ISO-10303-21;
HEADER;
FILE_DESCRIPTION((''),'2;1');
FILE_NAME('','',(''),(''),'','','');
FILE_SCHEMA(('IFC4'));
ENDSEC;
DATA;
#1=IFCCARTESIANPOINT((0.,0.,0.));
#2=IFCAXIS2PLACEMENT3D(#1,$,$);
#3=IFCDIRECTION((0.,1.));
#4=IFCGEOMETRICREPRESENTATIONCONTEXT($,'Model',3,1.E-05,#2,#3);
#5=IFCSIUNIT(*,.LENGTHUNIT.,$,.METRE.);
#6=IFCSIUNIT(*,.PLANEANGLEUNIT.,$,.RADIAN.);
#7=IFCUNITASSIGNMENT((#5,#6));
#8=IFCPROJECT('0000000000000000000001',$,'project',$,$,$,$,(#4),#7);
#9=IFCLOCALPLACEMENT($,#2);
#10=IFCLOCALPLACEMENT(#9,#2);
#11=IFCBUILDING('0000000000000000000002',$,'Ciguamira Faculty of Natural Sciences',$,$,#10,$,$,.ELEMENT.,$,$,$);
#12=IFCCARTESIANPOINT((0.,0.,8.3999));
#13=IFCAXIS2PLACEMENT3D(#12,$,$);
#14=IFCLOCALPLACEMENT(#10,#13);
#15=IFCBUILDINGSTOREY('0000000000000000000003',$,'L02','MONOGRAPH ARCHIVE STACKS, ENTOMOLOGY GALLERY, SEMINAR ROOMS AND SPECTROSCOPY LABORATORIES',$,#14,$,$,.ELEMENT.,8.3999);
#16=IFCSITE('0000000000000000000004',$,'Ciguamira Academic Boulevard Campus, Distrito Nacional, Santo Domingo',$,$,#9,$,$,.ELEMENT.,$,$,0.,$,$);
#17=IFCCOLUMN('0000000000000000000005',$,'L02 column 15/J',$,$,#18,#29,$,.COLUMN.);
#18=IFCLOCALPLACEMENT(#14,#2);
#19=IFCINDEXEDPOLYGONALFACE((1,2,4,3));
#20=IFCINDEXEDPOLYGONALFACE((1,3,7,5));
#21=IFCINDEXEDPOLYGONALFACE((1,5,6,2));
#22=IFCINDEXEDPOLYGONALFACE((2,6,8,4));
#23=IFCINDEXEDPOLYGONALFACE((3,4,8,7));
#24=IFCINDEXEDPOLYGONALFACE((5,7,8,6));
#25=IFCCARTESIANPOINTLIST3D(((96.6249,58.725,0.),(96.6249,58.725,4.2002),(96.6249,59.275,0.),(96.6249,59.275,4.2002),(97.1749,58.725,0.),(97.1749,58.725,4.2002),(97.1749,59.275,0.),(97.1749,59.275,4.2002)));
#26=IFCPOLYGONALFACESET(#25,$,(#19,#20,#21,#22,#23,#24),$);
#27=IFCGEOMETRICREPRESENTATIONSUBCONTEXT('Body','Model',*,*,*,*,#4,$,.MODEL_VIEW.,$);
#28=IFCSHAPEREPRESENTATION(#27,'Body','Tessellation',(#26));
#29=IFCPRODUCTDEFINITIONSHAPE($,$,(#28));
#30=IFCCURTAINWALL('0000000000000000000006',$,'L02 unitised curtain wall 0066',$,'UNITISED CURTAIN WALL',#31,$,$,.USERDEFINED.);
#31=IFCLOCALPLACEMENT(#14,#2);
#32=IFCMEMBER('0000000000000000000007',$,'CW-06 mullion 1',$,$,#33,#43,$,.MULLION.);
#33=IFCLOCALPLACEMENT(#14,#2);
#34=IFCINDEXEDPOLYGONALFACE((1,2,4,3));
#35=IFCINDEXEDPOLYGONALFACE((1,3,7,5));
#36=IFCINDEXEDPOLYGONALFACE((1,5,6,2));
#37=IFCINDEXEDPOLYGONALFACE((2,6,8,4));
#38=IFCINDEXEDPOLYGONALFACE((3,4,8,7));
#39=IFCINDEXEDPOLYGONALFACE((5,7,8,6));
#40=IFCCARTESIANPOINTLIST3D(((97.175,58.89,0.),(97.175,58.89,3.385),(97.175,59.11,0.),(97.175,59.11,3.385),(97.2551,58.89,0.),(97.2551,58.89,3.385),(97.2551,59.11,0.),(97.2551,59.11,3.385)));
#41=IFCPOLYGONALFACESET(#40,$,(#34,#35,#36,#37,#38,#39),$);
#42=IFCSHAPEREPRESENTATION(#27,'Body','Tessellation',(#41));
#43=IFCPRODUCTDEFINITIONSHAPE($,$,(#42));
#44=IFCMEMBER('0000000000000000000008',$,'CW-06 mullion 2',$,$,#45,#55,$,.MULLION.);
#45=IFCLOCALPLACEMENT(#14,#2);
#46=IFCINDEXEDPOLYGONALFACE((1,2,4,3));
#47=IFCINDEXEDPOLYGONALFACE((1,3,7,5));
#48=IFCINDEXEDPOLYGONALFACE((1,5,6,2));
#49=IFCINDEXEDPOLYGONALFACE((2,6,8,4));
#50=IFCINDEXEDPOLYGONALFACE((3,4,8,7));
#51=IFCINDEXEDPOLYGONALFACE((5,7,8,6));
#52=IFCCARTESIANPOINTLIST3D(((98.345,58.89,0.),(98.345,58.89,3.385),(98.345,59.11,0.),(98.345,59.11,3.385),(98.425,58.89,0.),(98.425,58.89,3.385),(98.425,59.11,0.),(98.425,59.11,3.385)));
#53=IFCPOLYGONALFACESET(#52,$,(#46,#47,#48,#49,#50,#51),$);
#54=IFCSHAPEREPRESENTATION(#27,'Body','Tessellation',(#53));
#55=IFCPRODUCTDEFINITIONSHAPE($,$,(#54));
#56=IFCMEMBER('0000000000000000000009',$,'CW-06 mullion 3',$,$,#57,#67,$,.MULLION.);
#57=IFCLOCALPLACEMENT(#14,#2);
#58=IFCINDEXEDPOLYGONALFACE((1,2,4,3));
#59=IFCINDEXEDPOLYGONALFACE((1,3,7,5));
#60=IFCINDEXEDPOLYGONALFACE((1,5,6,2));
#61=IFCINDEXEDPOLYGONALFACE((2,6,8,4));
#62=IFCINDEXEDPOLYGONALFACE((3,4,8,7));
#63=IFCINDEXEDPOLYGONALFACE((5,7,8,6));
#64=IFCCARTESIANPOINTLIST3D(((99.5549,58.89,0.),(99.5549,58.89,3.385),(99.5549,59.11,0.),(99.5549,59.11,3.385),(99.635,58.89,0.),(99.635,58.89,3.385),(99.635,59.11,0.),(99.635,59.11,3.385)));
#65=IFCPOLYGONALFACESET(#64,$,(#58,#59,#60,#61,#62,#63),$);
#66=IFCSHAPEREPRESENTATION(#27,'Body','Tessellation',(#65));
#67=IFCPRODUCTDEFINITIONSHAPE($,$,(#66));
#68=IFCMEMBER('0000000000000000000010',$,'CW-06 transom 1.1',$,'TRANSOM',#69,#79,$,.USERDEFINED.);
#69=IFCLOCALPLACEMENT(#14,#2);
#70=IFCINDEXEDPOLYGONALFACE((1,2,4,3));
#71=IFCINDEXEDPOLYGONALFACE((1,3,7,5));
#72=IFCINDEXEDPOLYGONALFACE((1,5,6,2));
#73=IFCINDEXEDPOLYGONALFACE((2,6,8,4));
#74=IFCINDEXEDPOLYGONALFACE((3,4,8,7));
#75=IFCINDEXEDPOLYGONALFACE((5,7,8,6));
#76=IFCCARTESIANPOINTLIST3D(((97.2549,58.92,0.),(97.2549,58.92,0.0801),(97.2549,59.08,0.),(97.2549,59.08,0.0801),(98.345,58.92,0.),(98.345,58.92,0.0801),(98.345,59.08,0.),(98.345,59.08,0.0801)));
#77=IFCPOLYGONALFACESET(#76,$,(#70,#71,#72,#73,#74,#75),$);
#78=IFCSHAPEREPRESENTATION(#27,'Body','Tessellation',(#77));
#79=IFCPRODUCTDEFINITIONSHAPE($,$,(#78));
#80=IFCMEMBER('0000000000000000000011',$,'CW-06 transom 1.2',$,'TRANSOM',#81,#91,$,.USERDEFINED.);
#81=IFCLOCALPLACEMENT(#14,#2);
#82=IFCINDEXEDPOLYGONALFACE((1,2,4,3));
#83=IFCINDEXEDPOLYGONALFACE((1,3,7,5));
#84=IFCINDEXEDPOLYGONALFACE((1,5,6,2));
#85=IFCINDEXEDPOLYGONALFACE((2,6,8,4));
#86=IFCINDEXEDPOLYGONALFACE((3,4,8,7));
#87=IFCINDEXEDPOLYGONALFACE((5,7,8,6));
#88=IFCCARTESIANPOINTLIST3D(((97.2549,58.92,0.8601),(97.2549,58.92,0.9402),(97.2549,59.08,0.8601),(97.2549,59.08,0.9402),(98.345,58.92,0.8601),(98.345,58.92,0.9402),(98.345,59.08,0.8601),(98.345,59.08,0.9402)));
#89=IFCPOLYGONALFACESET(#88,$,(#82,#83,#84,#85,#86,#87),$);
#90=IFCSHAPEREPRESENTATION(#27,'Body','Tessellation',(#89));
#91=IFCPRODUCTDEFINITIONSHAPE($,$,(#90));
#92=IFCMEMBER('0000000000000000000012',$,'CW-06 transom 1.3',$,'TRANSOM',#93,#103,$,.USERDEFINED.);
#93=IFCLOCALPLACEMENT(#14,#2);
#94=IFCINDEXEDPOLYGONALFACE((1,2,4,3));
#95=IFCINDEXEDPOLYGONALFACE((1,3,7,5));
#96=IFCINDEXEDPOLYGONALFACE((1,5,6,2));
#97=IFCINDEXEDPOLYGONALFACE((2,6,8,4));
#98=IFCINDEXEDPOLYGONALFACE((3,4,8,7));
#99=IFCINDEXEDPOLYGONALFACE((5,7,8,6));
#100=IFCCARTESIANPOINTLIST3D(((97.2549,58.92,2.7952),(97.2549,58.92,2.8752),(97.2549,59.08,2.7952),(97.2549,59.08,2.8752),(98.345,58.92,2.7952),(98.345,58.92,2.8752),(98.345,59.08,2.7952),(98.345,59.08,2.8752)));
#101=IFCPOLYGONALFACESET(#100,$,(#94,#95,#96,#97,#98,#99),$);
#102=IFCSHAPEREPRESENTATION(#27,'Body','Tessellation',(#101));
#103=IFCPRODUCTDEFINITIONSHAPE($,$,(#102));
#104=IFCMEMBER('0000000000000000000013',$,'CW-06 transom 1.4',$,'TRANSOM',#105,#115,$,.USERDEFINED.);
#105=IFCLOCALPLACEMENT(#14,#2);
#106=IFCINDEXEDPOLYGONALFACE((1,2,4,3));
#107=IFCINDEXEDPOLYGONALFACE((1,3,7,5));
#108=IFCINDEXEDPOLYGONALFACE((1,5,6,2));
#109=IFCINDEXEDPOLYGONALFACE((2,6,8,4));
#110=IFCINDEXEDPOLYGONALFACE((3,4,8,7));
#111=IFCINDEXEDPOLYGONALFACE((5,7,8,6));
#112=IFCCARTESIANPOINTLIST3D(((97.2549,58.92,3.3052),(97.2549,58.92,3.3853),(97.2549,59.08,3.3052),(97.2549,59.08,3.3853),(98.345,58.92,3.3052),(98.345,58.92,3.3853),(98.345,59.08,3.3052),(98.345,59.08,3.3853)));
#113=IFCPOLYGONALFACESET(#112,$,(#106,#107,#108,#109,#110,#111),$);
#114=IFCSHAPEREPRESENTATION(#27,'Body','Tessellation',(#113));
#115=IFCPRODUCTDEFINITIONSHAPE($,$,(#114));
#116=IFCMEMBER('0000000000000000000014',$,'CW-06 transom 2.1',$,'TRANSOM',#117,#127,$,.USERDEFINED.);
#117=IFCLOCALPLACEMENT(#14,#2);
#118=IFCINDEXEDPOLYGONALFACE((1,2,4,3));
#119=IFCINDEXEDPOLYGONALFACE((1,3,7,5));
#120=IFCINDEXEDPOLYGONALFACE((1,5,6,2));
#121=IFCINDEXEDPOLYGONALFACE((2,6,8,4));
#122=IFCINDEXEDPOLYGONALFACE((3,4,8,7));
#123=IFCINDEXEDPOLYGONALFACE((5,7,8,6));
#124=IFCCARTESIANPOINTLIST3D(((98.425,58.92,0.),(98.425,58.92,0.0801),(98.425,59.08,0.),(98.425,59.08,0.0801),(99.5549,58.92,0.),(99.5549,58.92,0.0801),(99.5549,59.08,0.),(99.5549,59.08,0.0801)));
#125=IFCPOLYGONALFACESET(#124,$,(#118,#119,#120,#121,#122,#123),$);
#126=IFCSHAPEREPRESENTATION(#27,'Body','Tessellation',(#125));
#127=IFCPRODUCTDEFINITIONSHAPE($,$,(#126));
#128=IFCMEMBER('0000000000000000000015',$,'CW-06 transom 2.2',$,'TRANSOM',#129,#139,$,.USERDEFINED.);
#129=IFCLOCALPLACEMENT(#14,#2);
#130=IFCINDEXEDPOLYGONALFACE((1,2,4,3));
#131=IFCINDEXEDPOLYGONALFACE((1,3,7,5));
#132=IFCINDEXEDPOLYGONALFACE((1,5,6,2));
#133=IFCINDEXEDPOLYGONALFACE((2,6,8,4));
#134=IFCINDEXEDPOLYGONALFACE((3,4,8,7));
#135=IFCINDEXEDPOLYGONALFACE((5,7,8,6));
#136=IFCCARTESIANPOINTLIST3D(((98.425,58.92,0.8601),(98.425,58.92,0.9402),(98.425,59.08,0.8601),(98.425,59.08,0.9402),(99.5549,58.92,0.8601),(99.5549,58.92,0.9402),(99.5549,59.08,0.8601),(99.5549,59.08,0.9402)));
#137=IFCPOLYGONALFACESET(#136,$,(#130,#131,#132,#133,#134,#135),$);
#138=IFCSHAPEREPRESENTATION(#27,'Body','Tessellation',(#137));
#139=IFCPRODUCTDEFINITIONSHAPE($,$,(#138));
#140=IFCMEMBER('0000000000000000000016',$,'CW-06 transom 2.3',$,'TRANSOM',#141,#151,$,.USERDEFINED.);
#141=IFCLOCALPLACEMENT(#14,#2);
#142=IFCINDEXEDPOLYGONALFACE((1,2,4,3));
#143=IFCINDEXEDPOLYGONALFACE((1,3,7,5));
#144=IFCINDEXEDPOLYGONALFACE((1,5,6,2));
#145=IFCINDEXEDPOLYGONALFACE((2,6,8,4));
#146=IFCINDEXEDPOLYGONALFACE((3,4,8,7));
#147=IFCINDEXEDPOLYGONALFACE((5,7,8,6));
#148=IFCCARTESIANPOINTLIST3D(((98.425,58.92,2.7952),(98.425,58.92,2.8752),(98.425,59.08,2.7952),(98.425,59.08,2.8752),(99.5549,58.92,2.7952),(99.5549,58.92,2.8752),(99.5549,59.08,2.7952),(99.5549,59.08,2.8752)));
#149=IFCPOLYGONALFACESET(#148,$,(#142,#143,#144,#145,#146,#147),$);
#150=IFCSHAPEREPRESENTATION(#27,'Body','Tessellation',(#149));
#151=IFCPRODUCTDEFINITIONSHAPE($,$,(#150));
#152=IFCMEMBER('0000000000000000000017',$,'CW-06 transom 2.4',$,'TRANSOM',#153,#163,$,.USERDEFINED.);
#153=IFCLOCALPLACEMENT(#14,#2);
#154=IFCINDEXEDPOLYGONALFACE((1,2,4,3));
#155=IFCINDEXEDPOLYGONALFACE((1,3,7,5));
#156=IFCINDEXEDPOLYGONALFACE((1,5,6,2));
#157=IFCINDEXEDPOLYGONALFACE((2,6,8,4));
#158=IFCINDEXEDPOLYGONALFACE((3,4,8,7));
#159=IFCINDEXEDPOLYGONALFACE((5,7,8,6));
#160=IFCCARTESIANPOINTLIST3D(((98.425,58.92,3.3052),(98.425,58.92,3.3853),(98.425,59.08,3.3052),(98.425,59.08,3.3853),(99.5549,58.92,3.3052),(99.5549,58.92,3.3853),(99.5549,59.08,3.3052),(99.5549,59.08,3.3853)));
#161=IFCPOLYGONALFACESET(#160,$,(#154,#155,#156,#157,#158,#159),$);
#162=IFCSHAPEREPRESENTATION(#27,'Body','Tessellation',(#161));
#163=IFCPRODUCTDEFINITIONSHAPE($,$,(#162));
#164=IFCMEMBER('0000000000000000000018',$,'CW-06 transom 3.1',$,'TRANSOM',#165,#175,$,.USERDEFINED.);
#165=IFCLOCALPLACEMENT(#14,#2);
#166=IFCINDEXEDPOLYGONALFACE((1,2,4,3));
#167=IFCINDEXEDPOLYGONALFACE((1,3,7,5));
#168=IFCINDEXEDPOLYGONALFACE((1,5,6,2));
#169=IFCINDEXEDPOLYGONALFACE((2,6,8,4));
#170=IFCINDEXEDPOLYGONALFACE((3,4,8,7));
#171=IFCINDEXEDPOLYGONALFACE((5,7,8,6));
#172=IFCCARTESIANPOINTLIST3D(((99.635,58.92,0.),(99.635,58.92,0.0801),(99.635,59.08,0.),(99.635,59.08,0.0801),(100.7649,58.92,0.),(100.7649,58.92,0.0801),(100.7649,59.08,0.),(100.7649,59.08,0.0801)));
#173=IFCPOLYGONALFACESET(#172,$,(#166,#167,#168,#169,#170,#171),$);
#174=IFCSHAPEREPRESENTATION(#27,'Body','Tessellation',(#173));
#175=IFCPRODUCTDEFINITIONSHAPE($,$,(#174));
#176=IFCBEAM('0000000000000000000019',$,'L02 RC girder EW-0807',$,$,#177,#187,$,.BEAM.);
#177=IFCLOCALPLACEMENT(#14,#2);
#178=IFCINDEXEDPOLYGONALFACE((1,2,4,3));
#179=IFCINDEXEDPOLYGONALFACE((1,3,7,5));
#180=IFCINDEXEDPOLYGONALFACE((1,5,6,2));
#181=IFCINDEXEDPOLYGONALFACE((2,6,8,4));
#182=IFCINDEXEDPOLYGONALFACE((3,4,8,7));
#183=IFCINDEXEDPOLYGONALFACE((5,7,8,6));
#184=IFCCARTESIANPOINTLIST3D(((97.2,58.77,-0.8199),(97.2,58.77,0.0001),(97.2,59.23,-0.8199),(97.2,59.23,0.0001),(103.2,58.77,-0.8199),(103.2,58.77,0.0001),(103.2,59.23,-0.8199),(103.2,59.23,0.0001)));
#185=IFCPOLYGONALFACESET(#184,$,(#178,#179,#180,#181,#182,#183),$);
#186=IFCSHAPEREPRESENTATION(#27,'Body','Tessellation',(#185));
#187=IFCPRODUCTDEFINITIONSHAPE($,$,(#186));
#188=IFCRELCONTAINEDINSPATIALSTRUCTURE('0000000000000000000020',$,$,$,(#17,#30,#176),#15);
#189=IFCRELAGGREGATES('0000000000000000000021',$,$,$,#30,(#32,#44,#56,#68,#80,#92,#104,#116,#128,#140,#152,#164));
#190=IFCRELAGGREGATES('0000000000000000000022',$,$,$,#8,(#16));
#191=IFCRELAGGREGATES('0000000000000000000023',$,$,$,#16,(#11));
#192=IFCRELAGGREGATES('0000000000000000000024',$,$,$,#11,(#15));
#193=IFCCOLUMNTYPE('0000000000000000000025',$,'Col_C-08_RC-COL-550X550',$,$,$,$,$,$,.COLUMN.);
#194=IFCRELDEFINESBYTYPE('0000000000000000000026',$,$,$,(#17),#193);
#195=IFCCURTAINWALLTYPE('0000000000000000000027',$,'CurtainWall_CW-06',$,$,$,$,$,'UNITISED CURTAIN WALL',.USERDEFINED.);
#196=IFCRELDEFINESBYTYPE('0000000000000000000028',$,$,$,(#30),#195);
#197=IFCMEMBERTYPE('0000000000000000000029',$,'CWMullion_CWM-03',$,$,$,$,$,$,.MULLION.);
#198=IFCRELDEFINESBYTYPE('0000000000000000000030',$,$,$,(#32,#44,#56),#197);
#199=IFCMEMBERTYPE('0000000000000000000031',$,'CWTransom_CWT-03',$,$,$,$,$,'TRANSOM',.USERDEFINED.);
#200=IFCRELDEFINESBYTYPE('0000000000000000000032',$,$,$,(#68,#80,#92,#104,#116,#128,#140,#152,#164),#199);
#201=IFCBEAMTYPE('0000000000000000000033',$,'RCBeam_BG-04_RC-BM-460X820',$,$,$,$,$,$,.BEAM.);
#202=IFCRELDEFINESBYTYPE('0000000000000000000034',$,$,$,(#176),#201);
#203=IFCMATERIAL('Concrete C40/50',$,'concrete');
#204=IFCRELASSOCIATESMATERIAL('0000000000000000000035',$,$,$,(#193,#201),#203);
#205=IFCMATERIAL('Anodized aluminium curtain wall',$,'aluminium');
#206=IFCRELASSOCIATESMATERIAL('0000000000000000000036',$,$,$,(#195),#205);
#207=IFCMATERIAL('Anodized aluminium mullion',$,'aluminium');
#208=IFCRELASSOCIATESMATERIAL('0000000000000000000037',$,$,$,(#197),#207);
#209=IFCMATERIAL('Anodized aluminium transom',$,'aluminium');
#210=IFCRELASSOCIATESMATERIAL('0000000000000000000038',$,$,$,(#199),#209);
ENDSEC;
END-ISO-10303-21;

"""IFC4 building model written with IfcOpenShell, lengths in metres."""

from ifc_helpers import new_model, si_unit, direction, frame, origin, origin_2d, place, context, subcontext, project, spatial, rectangle, extrude, material, material_profile, profile_set, type_object, element, aggregate, save


model = new_model("IFC4")

# Units and contexts
model_context = context("Model", 3, precision=1e-05, world=origin(), true_north=direction((0.0, 1.0)))
body_context = subcontext(model_context, "Body", "Model", "MODEL_VIEW")
ifc_project = project(units=[si_unit("LENGTHUNIT", "METRE"), si_unit("PLANEANGLEUNIT", "RADIAN")], contexts=[model_context])

# Site, building, storey
site_placement = place(None, origin())
site = spatial("IfcSite", under=ifc_project, at=site_placement, Name="Ciguamira Academic Boulevard Campus, Distrito Nacional, Santo Domingo", CompositionType="ELEMENT", RefElevation=0.0)
building_placement = place(site_placement, origin())
building = spatial("IfcBuilding", under=site, at=building_placement, Name="Ciguamira Faculty of Natural Sciences", CompositionType="ELEMENT")
storey_placement = place(building_placement, frame((0.0, 0.0, 8.3999)))
storey = spatial("IfcBuildingStorey", under=building, at=storey_placement, Name="L02", Description="MONOGRAPH ARCHIVE STACKS, ENTOMOLOGY GALLERY, SEMINAR ROOMS AND SPECTROSCOPY LABORATORIES", CompositionType="ELEMENT", Elevation=8.3999)

# Column
ifc_material_1 = material(Name="Concrete C40/50", Category="concrete")
ifc_material_profile_1 = material_profile(ifc_material_1, rectangle(XDim=0.55, YDim=0.55, at=origin_2d()), Name="RC-COL-550X550")
ifc_profile_set_1 = profile_set([ifc_material_profile_1], Name="Concrete C40/50")
column_type = type_object("IfcColumnType", Name="Col_C-08_RC-COL-550X550", PredefinedType="COLUMN", material=ifc_profile_set_1)
column_placement = place(storey_placement, frame((96.8999, 59.0, 0.0), z_axis=(0.0, 0.0, 1.0), x_axis=(1.0, 0.0, 0.0)))
element("IfcColumn", 1, at=column_placement, inside=storey, type_object=column_type, Name="L02 column 15/J", PredefinedType="COLUMN", context=body_context, shape_type="SweptSolid", body=[
    extrude(rectangle(XDim=0.55, YDim=0.55, at=origin_2d()), origin(), (0.0, 0.0, 1.0), 4.2002),
])

# Curtain wall, members
ifc_material_2 = material(Name="Anodized aluminium curtain wall", Category="aluminium")
curtain_wall_type = type_object("IfcCurtainWallType", Name="CurtainWall_CW-06", ElementType="UNITISED CURTAIN WALL", PredefinedType="USERDEFINED", material=ifc_material_2)
curtain_wall_placement = place(storey_placement, origin())
curtain_wall = element("IfcCurtainWall", 2, at=curtain_wall_placement, inside=storey, type_object=curtain_wall_type, Name="L02 unitised curtain wall 0066", ObjectType="UNITISED CURTAIN WALL", PredefinedType="USERDEFINED")
ifc_material_3 = material(Name="Anodized aluminium mullion", Category="aluminium")
ifc_material_profile_2 = material_profile(ifc_material_3, rectangle(XDim=0.0801, YDim=0.22, at=origin_2d()), Name="ALU-MUL-80X220")
ifc_profile_set_2 = profile_set([ifc_material_profile_2], Name="Anodized aluminium mullion")
member_type_1 = type_object("IfcMemberType", Name="CWMullion_CWM-03", PredefinedType="MULLION", material=ifc_profile_set_2)
member_1_placement = place(storey_placement, frame((97.2151, 59.0, 0.0), z_axis=(0.0, 0.0, 1.0), x_axis=(1.0, 0.0, 0.0)))
member_1 = element("IfcMember", 3, at=member_1_placement, type_object=member_type_1, Name="CW-06 mullion 1", PredefinedType="MULLION", context=body_context, shape_type="SweptSolid", body=[
    extrude(rectangle(XDim=0.0801, YDim=0.22, at=origin_2d()), origin(), (0.0, 0.0, 1.0), 3.385),
])
member_2_placement = place(storey_placement, frame((98.385, 59.0, 0.0), z_axis=(0.0, 0.0, 1.0), x_axis=(1.0, 0.0, 0.0)))
member_2 = element("IfcMember", 4, at=member_2_placement, type_object=member_type_1, Name="CW-06 mullion 2", PredefinedType="MULLION", context=body_context, shape_type="SweptSolid", body=[
    extrude(rectangle(XDim=0.0801, YDim=0.22, at=origin_2d()), origin(), (0.0, 0.0, 1.0), 3.385),
])
member_3_placement = place(storey_placement, frame((99.595, 59.0, 0.0), z_axis=(0.0, 0.0, 1.0), x_axis=(1.0, 0.0, 0.0)))
member_3 = element("IfcMember", 5, at=member_3_placement, type_object=member_type_1, Name="CW-06 mullion 3", PredefinedType="MULLION", context=body_context, shape_type="SweptSolid", body=[
    extrude(rectangle(XDim=0.0801, YDim=0.22, at=origin_2d()), origin(), (0.0, 0.0, 1.0), 3.385),
])
ifc_material_4 = material(Name="Anodized aluminium transom", Category="aluminium")
ifc_material_profile_3 = material_profile(ifc_material_4, rectangle(XDim=0.0801, YDim=0.1599, at=origin_2d()), Name="ALU-TRN-80X160")
ifc_profile_set_3 = profile_set([ifc_material_profile_3], Name="Anodized aluminium transom")
member_type_2 = type_object("IfcMemberType", Name="CWTransom_CWT-03", ElementType="TRANSOM", PredefinedType="USERDEFINED", material=ifc_profile_set_3)
member_4_placement = place(storey_placement, frame((97.2549, 59.0, 0.04), z_axis=(1.0, 0.0, 0.0), x_axis=(0.0, 0.0, 1.0)))
member_4 = element("IfcMember", 6, at=member_4_placement, type_object=member_type_2, Name="CW-06 transom 1.1", ObjectType="TRANSOM", PredefinedType="USERDEFINED", context=body_context, shape_type="SweptSolid", body=[
    extrude(rectangle(XDim=0.0801, YDim=0.1599, at=origin_2d()), origin(), (0.0, 0.0, 1.0), 1.0901),
])
member_5_placement = place(storey_placement, frame((97.2549, 59.0, 0.9001), z_axis=(1.0, 0.0, 0.0), x_axis=(0.0, 0.0, 1.0)))
member_5 = element("IfcMember", 7, at=member_5_placement, type_object=member_type_2, Name="CW-06 transom 1.2", ObjectType="TRANSOM", PredefinedType="USERDEFINED", context=body_context, shape_type="SweptSolid", body=[
    extrude(rectangle(XDim=0.0801, YDim=0.1599, at=origin_2d()), origin(), (0.0, 0.0, 1.0), 1.0901),
])
member_6_placement = place(storey_placement, frame((97.2549, 59.0, 2.8352), z_axis=(1.0, 0.0, 0.0), x_axis=(0.0, 0.0, 1.0)))
member_6 = element("IfcMember", 8, at=member_6_placement, type_object=member_type_2, Name="CW-06 transom 1.3", ObjectType="TRANSOM", PredefinedType="USERDEFINED", context=body_context, shape_type="SweptSolid", body=[
    extrude(rectangle(XDim=0.0801, YDim=0.1599, at=origin_2d()), origin(), (0.0, 0.0, 1.0), 1.0901),
])
member_7_placement = place(storey_placement, frame((97.2549, 59.0, 3.3452), z_axis=(1.0, 0.0, 0.0), x_axis=(0.0, 0.0, 1.0)))
member_7 = element("IfcMember", 9, at=member_7_placement, type_object=member_type_2, Name="CW-06 transom 1.4", ObjectType="TRANSOM", PredefinedType="USERDEFINED", context=body_context, shape_type="SweptSolid", body=[
    extrude(rectangle(XDim=0.0801, YDim=0.1599, at=origin_2d()), origin(), (0.0, 0.0, 1.0), 1.0901),
])
member_8_placement = place(storey_placement, frame((98.425, 59.0, 0.04), z_axis=(1.0, 0.0, 0.0), x_axis=(0.0, 0.0, 1.0)))
member_8 = element("IfcMember", 10, at=member_8_placement, type_object=member_type_2, Name="CW-06 transom 2.1", ObjectType="TRANSOM", PredefinedType="USERDEFINED", context=body_context, shape_type="SweptSolid", body=[
    extrude(rectangle(XDim=0.0801, YDim=0.1599, at=origin_2d()), origin(), (0.0, 0.0, 1.0), 1.1299),
])
member_9_placement = place(storey_placement, frame((98.425, 59.0, 0.9001), z_axis=(1.0, 0.0, 0.0), x_axis=(0.0, 0.0, 1.0)))
member_9 = element("IfcMember", 11, at=member_9_placement, type_object=member_type_2, Name="CW-06 transom 2.2", ObjectType="TRANSOM", PredefinedType="USERDEFINED", context=body_context, shape_type="SweptSolid", body=[
    extrude(rectangle(XDim=0.0801, YDim=0.1599, at=origin_2d()), origin(), (0.0, 0.0, 1.0), 1.1299),
])
member_10_placement = place(storey_placement, frame((98.425, 59.0, 2.8352), z_axis=(1.0, 0.0, 0.0), x_axis=(0.0, 0.0, 1.0)))
member_10 = element("IfcMember", 12, at=member_10_placement, type_object=member_type_2, Name="CW-06 transom 2.3", ObjectType="TRANSOM", PredefinedType="USERDEFINED", context=body_context, shape_type="SweptSolid", body=[
    extrude(rectangle(XDim=0.0801, YDim=0.1599, at=origin_2d()), origin(), (0.0, 0.0, 1.0), 1.1299),
])
member_11_placement = place(storey_placement, frame((98.425, 59.0, 3.3452), z_axis=(1.0, 0.0, 0.0), x_axis=(0.0, 0.0, 1.0)))
member_11 = element("IfcMember", 13, at=member_11_placement, type_object=member_type_2, Name="CW-06 transom 2.4", ObjectType="TRANSOM", PredefinedType="USERDEFINED", context=body_context, shape_type="SweptSolid", body=[
    extrude(rectangle(XDim=0.0801, YDim=0.1599, at=origin_2d()), origin(), (0.0, 0.0, 1.0), 1.1299),
])
member_12_placement = place(storey_placement, frame((99.635, 59.0, 0.04), z_axis=(1.0, 0.0, 0.0), x_axis=(0.0, 0.0, 1.0)))
member_12 = element("IfcMember", 14, at=member_12_placement, type_object=member_type_2, Name="CW-06 transom 3.1", ObjectType="TRANSOM", PredefinedType="USERDEFINED", context=body_context, shape_type="SweptSolid", body=[
    extrude(rectangle(XDim=0.0801, YDim=0.1599, at=origin_2d()), origin(), (0.0, 0.0, 1.0), 1.1299),
])

# Beam
ifc_material_profile_4 = material_profile(ifc_material_1, rectangle(XDim=0.46, YDim=0.8201, at=origin_2d()), Name="RC-BM-460X820")
ifc_profile_set_4 = profile_set([ifc_material_profile_4], Name="Concrete C40/50")
beam_type = type_object("IfcBeamType", Name="RCBeam_BG-04_RC-BM-460X820", PredefinedType="BEAM", material=ifc_profile_set_4)
beam_placement = place(storey_placement, frame((97.2, 59.0, -0.4099), z_axis=(1.0, 0.0, 0.0), x_axis=(0.0, 1.0, 0.0)))
element("IfcBeam", 15, at=beam_placement, inside=storey, type_object=beam_type, Name="L02 RC girder EW-0807", PredefinedType="BEAM", context=body_context, shape_type="SweptSolid", body=[
    extrude(rectangle(XDim=0.46, YDim=0.8201, at=origin_2d()), origin(), (0.0, 0.0, 1.0), 6.0),
])

aggregate(curtain_wall, [member_1, member_2, member_3, member_4, member_5, member_6, member_7, member_8, member_9, member_10, member_11, member_12])

save(model, "model.ifc")
